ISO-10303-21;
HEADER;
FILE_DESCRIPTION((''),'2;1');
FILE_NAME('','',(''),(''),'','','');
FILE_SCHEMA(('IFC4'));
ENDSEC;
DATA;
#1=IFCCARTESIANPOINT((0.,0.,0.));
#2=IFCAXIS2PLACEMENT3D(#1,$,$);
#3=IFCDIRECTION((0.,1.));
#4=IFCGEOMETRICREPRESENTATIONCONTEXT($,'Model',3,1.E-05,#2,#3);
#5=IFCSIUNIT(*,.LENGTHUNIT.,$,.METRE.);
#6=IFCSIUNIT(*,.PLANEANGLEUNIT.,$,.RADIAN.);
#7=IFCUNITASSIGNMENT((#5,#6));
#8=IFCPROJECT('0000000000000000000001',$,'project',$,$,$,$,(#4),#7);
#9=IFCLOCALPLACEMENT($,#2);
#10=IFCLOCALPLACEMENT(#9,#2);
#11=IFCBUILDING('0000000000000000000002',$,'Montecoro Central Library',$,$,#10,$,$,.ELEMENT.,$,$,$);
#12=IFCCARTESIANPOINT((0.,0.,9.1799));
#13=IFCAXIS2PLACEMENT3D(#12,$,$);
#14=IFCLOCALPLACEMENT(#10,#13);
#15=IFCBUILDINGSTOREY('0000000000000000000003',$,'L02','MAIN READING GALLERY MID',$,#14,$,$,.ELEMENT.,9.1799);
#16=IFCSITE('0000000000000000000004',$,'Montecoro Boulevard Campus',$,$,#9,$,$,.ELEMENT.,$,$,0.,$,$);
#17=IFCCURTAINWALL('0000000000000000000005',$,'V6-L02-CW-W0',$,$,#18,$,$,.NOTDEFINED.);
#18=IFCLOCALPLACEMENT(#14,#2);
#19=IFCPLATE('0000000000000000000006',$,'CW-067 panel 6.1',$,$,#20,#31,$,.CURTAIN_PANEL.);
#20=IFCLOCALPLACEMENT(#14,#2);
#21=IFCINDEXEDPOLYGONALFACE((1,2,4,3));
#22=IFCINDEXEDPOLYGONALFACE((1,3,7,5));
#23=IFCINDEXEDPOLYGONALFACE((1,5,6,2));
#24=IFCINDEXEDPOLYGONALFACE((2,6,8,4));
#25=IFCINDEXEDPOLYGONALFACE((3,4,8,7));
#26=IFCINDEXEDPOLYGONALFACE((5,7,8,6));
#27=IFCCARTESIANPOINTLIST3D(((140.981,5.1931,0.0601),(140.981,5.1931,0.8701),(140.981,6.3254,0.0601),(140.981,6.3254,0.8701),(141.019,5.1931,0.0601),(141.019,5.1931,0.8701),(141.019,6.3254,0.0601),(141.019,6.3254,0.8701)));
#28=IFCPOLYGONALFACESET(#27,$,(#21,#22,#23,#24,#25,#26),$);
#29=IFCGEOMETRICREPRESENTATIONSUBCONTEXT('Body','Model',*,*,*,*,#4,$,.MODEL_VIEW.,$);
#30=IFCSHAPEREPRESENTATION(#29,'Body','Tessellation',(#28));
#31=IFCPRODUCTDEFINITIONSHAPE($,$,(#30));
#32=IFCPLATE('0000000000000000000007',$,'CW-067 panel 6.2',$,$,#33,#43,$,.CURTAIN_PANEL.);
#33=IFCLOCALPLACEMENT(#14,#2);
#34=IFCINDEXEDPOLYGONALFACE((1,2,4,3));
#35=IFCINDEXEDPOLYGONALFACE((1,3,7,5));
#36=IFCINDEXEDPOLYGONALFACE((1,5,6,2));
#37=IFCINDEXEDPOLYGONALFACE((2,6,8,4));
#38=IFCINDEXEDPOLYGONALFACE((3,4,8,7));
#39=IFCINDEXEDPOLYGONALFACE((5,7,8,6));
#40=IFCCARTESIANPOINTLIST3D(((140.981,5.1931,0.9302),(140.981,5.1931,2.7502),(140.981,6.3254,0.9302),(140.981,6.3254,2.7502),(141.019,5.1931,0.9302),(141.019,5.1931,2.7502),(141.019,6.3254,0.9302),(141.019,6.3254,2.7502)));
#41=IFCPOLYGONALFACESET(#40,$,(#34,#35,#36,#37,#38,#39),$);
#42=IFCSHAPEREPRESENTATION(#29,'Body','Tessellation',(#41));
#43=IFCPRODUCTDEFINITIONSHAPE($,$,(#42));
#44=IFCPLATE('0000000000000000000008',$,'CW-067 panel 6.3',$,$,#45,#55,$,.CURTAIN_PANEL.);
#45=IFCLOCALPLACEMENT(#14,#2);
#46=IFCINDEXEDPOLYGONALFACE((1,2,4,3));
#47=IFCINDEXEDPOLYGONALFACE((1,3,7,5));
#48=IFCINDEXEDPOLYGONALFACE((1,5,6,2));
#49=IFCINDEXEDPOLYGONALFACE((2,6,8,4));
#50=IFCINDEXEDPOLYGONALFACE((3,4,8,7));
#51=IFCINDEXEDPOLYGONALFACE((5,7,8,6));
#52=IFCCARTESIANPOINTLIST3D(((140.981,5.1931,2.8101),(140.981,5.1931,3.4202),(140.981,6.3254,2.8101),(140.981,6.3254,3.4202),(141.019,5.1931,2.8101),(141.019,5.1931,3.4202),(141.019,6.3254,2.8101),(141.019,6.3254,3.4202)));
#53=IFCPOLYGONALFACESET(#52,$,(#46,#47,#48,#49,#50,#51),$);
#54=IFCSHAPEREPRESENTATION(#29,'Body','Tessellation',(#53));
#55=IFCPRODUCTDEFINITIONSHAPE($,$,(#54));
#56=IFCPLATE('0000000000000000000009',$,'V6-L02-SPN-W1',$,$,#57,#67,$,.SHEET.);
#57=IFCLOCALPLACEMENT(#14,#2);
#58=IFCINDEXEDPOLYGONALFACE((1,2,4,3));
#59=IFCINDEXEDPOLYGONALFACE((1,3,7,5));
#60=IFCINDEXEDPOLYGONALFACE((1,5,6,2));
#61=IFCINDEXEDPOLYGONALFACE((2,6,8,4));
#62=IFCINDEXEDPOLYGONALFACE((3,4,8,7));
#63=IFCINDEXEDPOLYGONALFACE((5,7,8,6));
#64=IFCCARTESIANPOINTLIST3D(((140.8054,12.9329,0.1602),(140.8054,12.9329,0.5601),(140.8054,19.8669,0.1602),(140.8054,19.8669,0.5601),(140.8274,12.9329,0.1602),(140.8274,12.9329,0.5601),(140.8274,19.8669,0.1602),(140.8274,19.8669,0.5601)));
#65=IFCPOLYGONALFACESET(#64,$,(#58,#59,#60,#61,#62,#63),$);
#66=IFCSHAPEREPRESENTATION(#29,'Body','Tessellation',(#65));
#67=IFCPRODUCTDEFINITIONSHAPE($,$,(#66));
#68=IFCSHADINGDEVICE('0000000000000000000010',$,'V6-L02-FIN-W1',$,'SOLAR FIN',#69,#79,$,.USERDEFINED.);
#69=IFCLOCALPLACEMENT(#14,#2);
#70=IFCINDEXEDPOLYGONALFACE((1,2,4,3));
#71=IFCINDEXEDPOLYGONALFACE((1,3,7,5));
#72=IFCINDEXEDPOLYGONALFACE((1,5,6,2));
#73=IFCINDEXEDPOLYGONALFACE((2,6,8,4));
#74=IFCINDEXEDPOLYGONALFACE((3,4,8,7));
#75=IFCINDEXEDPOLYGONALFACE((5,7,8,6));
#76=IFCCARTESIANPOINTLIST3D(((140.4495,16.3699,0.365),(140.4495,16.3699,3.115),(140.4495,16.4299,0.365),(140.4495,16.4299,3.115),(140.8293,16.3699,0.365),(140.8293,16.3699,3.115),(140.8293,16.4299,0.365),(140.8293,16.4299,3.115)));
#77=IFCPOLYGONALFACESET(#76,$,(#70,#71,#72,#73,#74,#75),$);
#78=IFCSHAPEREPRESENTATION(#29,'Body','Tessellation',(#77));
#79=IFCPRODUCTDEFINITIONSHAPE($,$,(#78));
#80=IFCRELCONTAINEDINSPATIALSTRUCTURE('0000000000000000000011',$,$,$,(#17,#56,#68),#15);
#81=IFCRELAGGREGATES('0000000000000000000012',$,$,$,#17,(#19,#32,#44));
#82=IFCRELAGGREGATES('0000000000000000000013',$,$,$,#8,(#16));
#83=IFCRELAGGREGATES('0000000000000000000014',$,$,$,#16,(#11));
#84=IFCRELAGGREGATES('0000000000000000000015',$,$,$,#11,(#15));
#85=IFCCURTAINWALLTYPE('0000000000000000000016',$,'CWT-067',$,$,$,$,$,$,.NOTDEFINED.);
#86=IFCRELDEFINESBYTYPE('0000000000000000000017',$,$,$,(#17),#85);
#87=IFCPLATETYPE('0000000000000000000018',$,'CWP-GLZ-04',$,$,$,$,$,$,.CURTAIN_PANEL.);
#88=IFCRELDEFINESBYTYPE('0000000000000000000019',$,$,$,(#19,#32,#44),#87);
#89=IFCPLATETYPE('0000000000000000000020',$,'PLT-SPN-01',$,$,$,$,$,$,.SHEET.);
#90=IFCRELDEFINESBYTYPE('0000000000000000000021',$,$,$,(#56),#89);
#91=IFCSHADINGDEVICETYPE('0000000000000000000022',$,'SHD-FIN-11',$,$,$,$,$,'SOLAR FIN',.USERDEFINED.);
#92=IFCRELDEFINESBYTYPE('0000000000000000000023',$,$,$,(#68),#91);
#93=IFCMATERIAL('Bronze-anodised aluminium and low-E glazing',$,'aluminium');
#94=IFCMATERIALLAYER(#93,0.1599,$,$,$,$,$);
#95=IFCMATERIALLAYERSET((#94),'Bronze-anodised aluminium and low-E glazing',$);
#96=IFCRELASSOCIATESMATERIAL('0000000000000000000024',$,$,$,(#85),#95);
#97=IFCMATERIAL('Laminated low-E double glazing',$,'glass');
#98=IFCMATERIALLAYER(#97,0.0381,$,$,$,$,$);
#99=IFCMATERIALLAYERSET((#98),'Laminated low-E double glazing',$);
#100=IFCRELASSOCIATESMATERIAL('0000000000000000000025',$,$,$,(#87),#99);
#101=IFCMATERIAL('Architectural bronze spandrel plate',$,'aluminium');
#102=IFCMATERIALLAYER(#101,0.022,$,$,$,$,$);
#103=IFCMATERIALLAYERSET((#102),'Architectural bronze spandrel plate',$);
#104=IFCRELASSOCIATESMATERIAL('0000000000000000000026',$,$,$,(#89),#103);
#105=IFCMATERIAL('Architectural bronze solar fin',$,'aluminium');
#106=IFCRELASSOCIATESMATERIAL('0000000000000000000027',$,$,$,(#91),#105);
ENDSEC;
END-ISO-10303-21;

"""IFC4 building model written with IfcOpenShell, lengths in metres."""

from ifc_helpers import new_model, si_unit, direction, frame, origin, origin_2d, place, context, subcontext, project, spatial, rectangle, extrude, material, layer, layer_set, type_object, element, aggregate, save


model = new_model("IFC4")

# Units and contexts
model_context = context("Model", 3, precision=1e-05, world=origin(), true_north=direction((0.0, 1.0)))
body_context = subcontext(model_context, "Body", "Model", "MODEL_VIEW")
ifc_project = project(units=[si_unit("LENGTHUNIT", "METRE"), si_unit("PLANEANGLEUNIT", "RADIAN")], contexts=[model_context])

# Site, building, storey
site_placement = place(None, origin())
site = spatial("IfcSite", under=ifc_project, at=site_placement, Name="Montecoro Boulevard Campus", CompositionType="ELEMENT", RefElevation=0.0)
building_placement = place(site_placement, origin())
building = spatial("IfcBuilding", under=site, at=building_placement, Name="Montecoro Central Library", CompositionType="ELEMENT")
storey_placement = place(building_placement, frame((0.0, 0.0, 9.1799)))
storey = spatial("IfcBuildingStorey", under=building, at=storey_placement, Name="L02", Description="MAIN READING GALLERY MID", CompositionType="ELEMENT", Elevation=9.1799)

# Curtain wall
ifc_material_1 = material(Name="Bronze-anodised aluminium and low-E glazing", Category="aluminium")
ifc_layer_1 = layer(ifc_material_1, 0.1599)
ifc_layer_set_1 = layer_set([ifc_layer_1], Name="Bronze-anodised aluminium and low-E glazing")
curtain_wall_type_1 = type_object("IfcCurtainWallType", Name="CWT-067", PredefinedType="NOTDEFINED", material=ifc_layer_set_1)
curtain_wall_1_placement = place(storey_placement, origin())
curtain_wall_1 = element("IfcCurtainWall", 1, at=curtain_wall_1_placement, inside=storey, type_object=curtain_wall_type_1, Name="V6-L02-CW-W0", PredefinedType="NOTDEFINED")

# Plates
ifc_material_2 = material(Name="Laminated low-E double glazing", Category="glass")
ifc_layer_2 = layer(ifc_material_2, 0.0381)
ifc_layer_set_2 = layer_set([ifc_layer_2], Name="Laminated low-E double glazing")
plate_type_1 = type_object("IfcPlateType", Name="CWP-GLZ-04", PredefinedType="CURTAIN_PANEL", material=ifc_layer_set_2)
plate_1_placement = place(storey_placement, frame((141.0, 5.7593, 0.0601), z_axis=(0.0, 0.0, 1.0), x_axis=(0.0, -1.0, 0.0)))
plate_1 = element("IfcPlate", 2, at=plate_1_placement, type_object=plate_type_1, Name="CW-067 panel 6.1", PredefinedType="CURTAIN_PANEL", context=body_context, shape_type="SweptSolid", body=[
    extrude(rectangle(XDim=1.1323, YDim=0.0381, at=origin_2d()), origin(), (0.0, 0.0, 1.0), 0.8101),
])
plate_2_placement = place(storey_placement, frame((141.0, 5.7593, 0.9302), z_axis=(0.0, 0.0, 1.0), x_axis=(0.0, -1.0, 0.0)))
plate_2 = element("IfcPlate", 3, at=plate_2_placement, type_object=plate_type_1, Name="CW-067 panel 6.2", PredefinedType="CURTAIN_PANEL", context=body_context, shape_type="SweptSolid", body=[
    extrude(rectangle(XDim=1.1323, YDim=0.0381, at=origin_2d()), origin(), (0.0, 0.0, 1.0), 1.8201),
])
plate_3_placement = place(storey_placement, frame((141.0, 5.7593, 2.8101), z_axis=(0.0, 0.0, 1.0), x_axis=(0.0, -1.0, 0.0)))
plate_3 = element("IfcPlate", 4, at=plate_3_placement, type_object=plate_type_1, Name="CW-067 panel 6.3", PredefinedType="CURTAIN_PANEL", context=body_context, shape_type="SweptSolid", body=[
    extrude(rectangle(XDim=1.1323, YDim=0.0381, at=origin_2d()), origin(), (0.0, 0.0, 1.0), 0.6101),
])
aggregate(curtain_wall_1, [plate_1, plate_2, plate_3])
ifc_material_3 = material(Name="Architectural bronze spandrel plate", Category="aluminium")
ifc_layer_3 = layer(ifc_material_3, 0.022)
ifc_layer_set_3 = layer_set([ifc_layer_3], Name="Architectural bronze spandrel plate")
plate_type_2 = type_object("IfcPlateType", Name="PLT-SPN-01", PredefinedType="SHEET", material=ifc_layer_set_3)
plate_4_placement = place(storey_placement, frame((140.8164, 16.3999, 0.1602), z_axis=(0.0, 0.0, 1.0), x_axis=(0.0, -1.0, 0.0)))
element("IfcPlate", 5, at=plate_4_placement, inside=storey, type_object=plate_type_2, Name="V6-L02-SPN-W1", PredefinedType="SHEET", context=body_context, shape_type="SweptSolid", body=[
    extrude(rectangle(XDim=6.9341, YDim=0.022, at=origin_2d()), origin(), (0.0, 0.0, 1.0), 0.3999),
])

# Shading device
ifc_material_4 = material(Name="Architectural bronze solar fin", Category="aluminium")
shading_device_type = type_object("IfcShadingDeviceType", Name="SHD-FIN-11", ElementType="SOLAR FIN", PredefinedType="USERDEFINED", material=ifc_material_4)
shading_device_placement = place(storey_placement, frame((140.6394, 16.3999, 0.365), z_axis=(0.0, 0.0, 1.0), x_axis=(0.0, -1.0, 0.0)))
element("IfcShadingDevice", 6, at=shading_device_placement, inside=storey, type_object=shading_device_type, Name="V6-L02-FIN-W1", ObjectType="SOLAR FIN", PredefinedType="USERDEFINED", context=body_context, shape_type="SweptSolid", body=[
    extrude(rectangle(XDim=0.0601, YDim=0.3799, at=origin_2d()), origin(), (0.0, 0.0, 1.0), 2.75),
])

save(model, "model.ifc")
